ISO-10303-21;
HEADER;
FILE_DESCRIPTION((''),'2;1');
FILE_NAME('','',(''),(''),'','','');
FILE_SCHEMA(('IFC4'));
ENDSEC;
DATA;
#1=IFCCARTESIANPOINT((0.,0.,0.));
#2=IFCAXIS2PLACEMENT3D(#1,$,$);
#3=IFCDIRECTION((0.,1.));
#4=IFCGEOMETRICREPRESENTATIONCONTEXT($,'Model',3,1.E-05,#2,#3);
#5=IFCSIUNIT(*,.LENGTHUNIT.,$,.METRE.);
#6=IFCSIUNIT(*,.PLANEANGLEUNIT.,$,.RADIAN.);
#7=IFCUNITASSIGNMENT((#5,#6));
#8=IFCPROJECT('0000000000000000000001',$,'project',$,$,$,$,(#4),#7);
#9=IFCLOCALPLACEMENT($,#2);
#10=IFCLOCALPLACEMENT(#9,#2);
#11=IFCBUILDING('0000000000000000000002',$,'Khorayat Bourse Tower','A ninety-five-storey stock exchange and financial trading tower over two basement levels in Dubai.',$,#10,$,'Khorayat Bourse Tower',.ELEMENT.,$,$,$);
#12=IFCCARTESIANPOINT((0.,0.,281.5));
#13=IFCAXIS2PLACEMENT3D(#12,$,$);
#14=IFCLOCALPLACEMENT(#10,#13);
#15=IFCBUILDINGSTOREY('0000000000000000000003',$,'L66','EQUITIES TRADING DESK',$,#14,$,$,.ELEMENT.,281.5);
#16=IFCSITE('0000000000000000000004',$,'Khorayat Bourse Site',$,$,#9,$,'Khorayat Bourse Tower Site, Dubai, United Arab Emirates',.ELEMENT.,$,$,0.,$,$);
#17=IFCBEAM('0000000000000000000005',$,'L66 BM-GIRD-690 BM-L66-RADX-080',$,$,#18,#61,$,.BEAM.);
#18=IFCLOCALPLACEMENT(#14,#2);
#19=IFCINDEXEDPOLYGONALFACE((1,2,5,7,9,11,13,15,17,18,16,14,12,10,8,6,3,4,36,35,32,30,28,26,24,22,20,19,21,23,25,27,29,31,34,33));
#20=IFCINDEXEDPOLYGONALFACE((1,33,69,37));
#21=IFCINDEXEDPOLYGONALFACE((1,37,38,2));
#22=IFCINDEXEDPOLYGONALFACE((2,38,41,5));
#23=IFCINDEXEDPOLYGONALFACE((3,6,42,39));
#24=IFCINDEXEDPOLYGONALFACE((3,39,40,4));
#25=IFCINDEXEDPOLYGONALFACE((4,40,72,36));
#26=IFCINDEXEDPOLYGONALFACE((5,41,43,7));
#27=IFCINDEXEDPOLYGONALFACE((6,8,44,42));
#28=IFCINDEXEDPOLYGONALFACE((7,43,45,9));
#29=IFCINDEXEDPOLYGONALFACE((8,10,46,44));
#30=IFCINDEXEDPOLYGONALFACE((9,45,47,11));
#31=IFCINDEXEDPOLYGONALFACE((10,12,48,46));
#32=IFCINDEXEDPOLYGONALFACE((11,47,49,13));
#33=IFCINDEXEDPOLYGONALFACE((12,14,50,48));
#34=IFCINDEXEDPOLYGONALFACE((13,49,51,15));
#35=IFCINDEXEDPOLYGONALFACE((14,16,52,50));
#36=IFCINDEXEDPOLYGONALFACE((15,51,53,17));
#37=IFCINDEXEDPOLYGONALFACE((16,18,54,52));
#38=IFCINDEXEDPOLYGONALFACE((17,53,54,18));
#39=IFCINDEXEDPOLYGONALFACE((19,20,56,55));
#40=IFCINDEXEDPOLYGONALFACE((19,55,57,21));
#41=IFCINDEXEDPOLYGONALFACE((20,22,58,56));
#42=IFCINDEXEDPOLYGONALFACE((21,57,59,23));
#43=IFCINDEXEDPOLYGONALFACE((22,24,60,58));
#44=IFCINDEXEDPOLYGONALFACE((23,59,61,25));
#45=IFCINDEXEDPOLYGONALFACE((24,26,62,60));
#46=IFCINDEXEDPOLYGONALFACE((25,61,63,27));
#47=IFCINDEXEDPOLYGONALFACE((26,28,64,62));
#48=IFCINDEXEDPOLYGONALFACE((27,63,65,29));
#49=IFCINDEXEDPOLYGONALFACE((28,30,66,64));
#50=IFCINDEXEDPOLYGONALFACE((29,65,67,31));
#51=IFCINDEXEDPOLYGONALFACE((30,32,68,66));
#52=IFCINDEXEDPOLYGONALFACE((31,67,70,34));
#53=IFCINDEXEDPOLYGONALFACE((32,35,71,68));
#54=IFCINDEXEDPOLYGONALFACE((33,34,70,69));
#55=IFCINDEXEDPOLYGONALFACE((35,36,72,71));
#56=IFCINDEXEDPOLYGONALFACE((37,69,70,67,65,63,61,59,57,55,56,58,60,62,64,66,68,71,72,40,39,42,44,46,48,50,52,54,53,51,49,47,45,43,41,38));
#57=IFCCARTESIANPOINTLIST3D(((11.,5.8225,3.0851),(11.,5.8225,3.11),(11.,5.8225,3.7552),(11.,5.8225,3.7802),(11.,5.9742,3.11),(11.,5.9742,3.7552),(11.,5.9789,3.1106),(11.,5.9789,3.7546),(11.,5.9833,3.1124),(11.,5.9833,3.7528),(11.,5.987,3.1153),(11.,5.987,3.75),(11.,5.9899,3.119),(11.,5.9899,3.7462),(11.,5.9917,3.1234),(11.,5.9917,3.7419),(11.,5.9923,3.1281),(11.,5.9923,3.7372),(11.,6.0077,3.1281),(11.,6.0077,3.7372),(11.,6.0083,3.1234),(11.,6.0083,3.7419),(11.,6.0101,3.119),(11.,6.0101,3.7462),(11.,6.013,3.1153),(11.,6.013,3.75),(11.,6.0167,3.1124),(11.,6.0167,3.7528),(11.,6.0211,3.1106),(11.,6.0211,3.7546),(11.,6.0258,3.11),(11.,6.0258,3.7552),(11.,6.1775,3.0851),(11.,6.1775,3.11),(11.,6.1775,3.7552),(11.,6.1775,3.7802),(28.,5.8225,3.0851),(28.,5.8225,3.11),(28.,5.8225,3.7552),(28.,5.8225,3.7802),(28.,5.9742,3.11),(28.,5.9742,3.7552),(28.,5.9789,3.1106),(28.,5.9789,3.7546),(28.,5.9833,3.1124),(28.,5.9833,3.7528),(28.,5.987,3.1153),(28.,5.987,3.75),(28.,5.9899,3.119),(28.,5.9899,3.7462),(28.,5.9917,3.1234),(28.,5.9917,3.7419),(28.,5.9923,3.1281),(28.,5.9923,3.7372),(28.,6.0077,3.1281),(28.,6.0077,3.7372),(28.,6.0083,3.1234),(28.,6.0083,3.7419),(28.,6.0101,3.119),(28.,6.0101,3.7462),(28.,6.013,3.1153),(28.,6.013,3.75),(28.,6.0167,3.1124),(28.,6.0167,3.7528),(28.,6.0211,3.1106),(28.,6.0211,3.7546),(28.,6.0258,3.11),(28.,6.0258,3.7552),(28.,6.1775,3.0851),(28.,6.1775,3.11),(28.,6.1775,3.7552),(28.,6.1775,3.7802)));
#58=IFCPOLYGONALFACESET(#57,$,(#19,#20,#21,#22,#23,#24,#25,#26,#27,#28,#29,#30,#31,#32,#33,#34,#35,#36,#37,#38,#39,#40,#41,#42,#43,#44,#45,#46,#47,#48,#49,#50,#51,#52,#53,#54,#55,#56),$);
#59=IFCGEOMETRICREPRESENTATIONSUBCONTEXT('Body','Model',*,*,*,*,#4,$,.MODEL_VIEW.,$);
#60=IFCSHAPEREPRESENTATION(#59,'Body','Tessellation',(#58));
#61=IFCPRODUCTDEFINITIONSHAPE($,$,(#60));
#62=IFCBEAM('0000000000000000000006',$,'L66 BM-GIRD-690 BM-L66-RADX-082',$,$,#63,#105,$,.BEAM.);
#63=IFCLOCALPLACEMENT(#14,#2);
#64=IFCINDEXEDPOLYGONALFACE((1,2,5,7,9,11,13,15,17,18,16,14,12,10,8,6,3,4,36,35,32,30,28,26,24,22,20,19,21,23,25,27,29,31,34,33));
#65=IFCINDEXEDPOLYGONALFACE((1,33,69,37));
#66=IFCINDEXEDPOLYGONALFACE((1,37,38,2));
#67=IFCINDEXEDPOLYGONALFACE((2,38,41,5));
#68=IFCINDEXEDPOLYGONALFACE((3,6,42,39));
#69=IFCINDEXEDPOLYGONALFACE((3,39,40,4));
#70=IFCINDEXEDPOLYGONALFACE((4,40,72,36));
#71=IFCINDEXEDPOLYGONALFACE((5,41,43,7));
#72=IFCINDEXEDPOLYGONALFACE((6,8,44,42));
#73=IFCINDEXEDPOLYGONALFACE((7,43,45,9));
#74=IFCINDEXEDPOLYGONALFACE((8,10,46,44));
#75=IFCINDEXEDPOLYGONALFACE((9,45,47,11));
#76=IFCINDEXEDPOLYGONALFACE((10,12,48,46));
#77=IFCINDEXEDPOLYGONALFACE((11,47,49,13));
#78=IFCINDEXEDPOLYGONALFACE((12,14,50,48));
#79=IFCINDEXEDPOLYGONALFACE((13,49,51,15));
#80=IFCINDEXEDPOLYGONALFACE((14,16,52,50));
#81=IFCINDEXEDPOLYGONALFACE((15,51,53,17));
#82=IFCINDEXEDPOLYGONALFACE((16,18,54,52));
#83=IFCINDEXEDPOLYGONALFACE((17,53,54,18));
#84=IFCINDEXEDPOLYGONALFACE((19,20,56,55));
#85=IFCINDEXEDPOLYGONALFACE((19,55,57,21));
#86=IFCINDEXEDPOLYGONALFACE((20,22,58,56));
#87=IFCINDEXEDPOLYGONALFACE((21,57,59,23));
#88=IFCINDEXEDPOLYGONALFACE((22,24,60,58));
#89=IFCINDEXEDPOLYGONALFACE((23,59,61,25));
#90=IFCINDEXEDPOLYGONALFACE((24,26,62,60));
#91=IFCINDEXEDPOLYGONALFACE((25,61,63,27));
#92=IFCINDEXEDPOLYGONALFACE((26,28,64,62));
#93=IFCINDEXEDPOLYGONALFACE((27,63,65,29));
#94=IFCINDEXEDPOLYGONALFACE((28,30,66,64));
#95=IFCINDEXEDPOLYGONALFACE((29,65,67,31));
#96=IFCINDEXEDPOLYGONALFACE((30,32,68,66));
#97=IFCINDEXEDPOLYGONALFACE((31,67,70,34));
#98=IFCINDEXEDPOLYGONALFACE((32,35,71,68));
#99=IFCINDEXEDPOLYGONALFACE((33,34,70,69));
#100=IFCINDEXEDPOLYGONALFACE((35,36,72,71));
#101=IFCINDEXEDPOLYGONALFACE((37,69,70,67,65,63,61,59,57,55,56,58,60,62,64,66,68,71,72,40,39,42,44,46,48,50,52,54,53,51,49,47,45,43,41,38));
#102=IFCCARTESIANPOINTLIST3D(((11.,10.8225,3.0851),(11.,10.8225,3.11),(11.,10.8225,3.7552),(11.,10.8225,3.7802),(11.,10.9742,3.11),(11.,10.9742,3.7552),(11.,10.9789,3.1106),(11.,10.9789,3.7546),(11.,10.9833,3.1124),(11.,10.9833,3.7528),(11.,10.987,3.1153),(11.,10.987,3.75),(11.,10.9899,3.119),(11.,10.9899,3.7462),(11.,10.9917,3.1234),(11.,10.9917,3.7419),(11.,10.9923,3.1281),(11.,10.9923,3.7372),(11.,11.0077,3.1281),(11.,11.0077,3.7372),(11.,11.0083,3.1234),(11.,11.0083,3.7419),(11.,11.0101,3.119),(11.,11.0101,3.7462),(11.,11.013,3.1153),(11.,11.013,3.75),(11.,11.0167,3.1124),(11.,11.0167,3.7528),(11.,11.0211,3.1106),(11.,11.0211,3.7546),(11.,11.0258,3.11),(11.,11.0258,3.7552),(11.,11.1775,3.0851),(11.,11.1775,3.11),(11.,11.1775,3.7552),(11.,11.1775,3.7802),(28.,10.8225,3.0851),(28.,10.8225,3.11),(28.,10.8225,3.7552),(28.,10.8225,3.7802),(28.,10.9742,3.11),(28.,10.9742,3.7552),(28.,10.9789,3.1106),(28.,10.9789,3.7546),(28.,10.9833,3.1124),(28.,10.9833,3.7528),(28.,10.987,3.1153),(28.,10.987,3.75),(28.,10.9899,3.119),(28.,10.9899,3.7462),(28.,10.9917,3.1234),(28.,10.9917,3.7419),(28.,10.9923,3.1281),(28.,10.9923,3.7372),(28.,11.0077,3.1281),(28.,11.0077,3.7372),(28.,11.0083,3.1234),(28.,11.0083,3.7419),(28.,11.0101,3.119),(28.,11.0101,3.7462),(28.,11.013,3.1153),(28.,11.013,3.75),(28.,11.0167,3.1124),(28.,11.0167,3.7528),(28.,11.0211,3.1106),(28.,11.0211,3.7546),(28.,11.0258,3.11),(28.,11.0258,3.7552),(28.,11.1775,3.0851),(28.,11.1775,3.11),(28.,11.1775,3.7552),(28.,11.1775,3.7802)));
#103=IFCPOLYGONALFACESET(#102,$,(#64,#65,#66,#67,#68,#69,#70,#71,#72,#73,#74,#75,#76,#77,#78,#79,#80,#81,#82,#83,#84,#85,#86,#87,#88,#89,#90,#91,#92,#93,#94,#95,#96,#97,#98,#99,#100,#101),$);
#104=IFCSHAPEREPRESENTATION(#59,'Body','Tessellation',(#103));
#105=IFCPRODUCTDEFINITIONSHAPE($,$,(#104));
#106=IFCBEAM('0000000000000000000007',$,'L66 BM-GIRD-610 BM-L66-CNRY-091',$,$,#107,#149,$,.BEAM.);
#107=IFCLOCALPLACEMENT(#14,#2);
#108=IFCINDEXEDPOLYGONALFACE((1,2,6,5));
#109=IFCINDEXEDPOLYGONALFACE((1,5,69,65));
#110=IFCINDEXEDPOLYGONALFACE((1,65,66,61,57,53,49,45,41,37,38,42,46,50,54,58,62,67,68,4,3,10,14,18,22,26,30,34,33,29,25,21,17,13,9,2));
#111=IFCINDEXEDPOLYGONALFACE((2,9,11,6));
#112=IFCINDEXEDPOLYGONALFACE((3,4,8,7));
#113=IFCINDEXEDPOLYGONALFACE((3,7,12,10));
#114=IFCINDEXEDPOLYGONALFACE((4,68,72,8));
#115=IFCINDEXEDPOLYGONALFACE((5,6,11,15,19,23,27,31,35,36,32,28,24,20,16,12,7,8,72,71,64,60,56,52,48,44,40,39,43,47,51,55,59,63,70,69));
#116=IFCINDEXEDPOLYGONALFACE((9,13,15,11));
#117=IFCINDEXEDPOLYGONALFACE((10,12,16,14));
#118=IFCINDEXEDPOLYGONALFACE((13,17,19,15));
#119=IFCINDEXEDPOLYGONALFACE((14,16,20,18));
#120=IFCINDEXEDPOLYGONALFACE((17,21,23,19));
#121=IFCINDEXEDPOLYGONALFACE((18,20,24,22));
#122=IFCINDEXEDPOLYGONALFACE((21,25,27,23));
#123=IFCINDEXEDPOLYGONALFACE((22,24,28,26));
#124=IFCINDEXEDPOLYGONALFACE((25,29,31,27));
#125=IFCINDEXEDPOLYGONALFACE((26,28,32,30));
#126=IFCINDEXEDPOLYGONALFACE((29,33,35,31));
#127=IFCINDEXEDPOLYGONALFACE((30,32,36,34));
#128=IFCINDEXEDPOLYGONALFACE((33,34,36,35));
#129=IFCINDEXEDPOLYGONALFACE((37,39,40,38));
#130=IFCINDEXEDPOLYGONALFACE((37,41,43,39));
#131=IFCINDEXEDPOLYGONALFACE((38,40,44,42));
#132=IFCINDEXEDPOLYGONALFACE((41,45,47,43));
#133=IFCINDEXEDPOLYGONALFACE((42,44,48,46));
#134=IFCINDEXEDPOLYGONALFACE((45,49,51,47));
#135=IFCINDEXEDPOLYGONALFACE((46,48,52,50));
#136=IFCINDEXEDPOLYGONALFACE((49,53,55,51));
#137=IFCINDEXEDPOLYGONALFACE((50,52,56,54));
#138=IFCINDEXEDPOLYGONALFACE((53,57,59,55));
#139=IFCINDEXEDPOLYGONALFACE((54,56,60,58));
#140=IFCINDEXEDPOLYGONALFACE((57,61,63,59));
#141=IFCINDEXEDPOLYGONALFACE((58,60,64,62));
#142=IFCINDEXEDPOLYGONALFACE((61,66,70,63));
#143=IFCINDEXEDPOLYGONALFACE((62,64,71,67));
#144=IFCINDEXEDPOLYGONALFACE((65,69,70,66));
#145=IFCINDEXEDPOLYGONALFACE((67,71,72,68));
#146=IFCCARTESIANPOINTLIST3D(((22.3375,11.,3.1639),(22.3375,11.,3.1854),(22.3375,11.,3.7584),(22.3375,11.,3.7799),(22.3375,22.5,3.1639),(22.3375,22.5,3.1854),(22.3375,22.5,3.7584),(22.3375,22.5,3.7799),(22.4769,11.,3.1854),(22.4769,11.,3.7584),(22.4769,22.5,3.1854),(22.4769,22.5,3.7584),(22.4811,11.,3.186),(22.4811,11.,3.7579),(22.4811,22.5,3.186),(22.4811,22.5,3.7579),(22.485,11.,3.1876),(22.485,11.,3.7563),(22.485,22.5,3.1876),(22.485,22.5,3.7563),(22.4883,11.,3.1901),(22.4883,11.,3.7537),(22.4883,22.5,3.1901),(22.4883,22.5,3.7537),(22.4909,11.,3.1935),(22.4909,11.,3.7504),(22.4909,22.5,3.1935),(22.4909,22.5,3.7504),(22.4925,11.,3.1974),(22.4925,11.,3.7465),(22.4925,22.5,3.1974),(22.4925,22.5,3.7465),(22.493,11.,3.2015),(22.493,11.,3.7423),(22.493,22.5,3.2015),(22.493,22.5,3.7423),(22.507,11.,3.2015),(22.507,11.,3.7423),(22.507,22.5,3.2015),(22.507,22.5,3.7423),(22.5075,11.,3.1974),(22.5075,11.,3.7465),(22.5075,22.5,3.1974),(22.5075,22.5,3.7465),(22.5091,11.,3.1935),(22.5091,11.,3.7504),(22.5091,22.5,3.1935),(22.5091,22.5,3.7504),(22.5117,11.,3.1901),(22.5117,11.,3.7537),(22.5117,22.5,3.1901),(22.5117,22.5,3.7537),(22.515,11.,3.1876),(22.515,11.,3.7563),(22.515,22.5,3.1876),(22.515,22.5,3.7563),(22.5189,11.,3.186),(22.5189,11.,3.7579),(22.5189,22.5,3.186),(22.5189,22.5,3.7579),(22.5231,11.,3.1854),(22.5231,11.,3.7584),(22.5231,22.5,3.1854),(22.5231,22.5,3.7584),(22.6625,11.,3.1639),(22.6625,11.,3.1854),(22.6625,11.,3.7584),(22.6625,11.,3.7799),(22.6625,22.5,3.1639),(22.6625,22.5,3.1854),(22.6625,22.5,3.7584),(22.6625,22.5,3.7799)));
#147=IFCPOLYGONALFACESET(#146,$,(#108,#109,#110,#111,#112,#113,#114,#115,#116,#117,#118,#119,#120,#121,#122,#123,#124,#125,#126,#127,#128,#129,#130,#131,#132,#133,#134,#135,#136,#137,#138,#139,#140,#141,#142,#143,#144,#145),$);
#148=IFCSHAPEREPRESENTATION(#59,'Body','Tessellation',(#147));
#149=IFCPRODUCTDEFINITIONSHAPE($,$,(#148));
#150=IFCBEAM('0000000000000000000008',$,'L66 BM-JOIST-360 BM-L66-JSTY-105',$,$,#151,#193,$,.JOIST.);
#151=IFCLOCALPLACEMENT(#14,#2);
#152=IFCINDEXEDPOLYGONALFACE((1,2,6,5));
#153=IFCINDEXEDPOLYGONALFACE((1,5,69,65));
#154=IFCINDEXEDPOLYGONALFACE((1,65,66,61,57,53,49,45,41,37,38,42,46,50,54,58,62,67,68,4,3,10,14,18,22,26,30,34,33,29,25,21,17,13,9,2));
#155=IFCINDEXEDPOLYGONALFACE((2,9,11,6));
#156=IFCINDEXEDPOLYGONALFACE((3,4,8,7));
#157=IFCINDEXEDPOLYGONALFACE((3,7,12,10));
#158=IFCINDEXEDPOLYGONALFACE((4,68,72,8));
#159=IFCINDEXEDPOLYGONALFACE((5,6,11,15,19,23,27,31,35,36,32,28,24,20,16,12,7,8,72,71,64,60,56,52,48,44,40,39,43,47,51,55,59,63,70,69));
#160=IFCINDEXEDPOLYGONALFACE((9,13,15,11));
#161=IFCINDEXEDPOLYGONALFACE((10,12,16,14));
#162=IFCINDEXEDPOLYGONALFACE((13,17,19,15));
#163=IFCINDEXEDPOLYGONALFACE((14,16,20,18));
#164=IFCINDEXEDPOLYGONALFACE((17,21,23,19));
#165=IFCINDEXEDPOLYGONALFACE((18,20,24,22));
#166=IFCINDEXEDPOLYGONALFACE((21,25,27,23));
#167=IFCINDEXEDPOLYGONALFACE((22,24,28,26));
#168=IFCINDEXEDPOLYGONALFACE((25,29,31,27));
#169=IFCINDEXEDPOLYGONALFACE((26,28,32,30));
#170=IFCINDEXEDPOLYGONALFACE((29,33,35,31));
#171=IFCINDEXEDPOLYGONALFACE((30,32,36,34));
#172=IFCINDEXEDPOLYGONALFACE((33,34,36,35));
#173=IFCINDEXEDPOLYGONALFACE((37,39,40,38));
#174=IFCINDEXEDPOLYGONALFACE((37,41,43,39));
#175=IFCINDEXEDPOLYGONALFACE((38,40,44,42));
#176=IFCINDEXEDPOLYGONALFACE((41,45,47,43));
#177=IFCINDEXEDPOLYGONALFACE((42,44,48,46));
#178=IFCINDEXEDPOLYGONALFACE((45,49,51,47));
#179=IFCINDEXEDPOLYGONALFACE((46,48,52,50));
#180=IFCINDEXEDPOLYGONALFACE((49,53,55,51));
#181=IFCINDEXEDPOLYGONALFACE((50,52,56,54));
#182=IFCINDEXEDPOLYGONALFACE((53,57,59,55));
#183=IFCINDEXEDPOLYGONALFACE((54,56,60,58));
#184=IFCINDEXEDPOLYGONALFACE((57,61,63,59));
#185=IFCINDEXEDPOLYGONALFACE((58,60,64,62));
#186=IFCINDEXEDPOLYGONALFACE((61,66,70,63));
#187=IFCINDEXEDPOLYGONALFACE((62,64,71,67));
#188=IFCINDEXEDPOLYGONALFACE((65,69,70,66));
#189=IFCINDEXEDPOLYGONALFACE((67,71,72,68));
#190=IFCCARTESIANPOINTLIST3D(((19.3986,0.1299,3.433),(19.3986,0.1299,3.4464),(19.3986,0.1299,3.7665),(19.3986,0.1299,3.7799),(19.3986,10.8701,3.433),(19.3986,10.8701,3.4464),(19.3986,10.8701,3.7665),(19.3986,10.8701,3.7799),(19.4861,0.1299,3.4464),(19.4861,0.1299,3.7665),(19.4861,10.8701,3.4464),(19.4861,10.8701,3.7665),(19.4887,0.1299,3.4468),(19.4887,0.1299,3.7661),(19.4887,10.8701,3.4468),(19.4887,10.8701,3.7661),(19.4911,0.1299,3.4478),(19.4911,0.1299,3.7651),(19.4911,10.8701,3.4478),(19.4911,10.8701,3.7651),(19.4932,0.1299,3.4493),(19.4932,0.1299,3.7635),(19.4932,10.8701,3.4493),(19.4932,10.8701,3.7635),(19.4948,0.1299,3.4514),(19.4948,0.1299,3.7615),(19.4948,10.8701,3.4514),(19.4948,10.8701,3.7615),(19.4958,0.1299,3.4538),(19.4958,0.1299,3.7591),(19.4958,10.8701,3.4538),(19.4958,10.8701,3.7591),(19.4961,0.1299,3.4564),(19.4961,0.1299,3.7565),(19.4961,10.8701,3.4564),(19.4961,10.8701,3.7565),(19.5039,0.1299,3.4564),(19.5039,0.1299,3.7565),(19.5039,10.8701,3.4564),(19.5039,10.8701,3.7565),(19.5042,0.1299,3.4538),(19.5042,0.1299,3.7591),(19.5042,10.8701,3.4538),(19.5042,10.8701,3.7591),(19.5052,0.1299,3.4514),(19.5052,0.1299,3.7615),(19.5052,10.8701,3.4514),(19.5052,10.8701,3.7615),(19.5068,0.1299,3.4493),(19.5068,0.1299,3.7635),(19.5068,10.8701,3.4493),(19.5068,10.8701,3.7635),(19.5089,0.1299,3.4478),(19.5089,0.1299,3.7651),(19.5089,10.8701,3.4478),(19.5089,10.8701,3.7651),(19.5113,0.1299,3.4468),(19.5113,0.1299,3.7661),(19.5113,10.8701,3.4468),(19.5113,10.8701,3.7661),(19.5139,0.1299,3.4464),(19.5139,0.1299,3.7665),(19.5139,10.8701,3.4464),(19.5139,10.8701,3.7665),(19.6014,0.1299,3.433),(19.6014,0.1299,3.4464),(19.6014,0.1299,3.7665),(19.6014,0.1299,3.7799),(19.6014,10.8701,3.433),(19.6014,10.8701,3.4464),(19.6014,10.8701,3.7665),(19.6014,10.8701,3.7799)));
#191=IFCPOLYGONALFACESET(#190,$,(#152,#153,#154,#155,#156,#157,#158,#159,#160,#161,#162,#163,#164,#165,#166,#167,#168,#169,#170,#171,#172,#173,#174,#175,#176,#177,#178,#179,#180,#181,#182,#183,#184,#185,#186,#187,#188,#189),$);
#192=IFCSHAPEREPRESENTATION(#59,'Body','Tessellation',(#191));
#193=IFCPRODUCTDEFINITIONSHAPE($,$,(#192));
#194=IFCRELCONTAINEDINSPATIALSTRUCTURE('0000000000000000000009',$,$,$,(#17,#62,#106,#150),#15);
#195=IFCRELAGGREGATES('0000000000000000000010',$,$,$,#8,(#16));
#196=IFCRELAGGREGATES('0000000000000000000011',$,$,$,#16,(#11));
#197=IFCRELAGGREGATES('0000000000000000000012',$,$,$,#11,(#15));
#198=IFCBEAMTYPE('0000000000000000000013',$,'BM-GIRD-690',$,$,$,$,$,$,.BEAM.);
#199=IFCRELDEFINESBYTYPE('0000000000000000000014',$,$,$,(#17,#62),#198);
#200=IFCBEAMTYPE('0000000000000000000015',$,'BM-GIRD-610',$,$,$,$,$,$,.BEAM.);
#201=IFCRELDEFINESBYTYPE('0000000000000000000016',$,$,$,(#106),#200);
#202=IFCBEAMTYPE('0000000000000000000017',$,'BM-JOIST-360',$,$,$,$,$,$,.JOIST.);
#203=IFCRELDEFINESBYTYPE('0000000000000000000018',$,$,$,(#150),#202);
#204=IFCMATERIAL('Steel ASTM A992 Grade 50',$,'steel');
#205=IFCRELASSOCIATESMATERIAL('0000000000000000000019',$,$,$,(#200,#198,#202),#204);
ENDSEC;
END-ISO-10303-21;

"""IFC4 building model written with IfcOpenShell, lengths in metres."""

from ifc_helpers import new_model, si_unit, direction, frame, origin, origin_2d, place, context, subcontext, project, spatial, i_section, extrude, source, transform, mapped, material, material_profile, profile_set, type_object, element, save


model = new_model("IFC4")

# Units and contexts
model_context = context("Model", 3, precision=1e-05, world=origin(), true_north=direction((0.0, 1.0)))
body_context = subcontext(model_context, "Body", "Model", "MODEL_VIEW")
ifc_project = project(units=[si_unit("LENGTHUNIT", "METRE"), si_unit("PLANEANGLEUNIT", "RADIAN")], contexts=[model_context])

# Site, building, storey
site_placement = place(None, origin())
site = spatial("IfcSite", under=ifc_project, at=site_placement, Name="Khorayat Bourse Site", LongName="Khorayat Bourse Tower Site, Dubai, United Arab Emirates", CompositionType="ELEMENT", RefElevation=0.0)
building_placement = place(site_placement, origin())
building = spatial("IfcBuilding", under=site, at=building_placement, Name="Khorayat Bourse Tower", Description="A ninety-five-storey stock exchange and financial trading tower over two basement levels in Dubai.", LongName="Khorayat Bourse Tower", CompositionType="ELEMENT")
storey_placement = place(building_placement, frame((0.0, 0.0, 281.5)))
storey = spatial("IfcBuildingStorey", under=building, at=storey_placement, Name="L66", Description="EQUITIES TRADING DESK", CompositionType="ELEMENT", Elevation=281.5)

# Shared definitions
ifc_material_1 = material(Name="Steel ASTM A992 Grade 50", Category="steel")
ifc_material_profile_1 = material_profile(ifc_material_1, i_section(OverallWidth=0.325, OverallDepth=0.616, WebThickness=0.0139, FlangeThickness=0.0215, FilletRadius=0.0161, at=origin_2d()), Name="W610X174")
ifc_profile_set_1 = profile_set([ifc_material_profile_1], Name="Steel ASTM A992 Grade 50")
beam_type_1 = type_object("IfcBeamType", Name="BM-GIRD-610", PredefinedType="BEAM", material=ifc_profile_set_1)

# Beams
ifc_material_profile_2 = material_profile(ifc_material_1, i_section(OverallWidth=0.355, OverallDepth=0.6951, WebThickness=0.0154, FlangeThickness=0.0249, FilletRadius=0.0181, at=origin_2d()), Name="W690X217")
ifc_profile_set_2 = profile_set([ifc_material_profile_2], Name="Steel ASTM A992 Grade 50")
beam_type_2 = type_object("IfcBeamType", Name="BM-GIRD-690", PredefinedType="BEAM", material=ifc_profile_set_2)
shared_shape_1 = source(origin(), body_context, "Body", "SweptSolid", [
    extrude(i_section(OverallWidth=0.355, OverallDepth=0.6951, WebThickness=0.0154, FlangeThickness=0.0249, FilletRadius=0.0181, at=origin_2d()), origin(), (0.0, 0.0, 1.0), 17.0),
])
for number, where, z_axis, x_axis, name in (
    (1, (11.0, 6.0, 3.4326), (1.0, 0.0, 0.0), (0.0, 1.0, 0.0), "L66 BM-GIRD-690 BM-L66-RADX-080"),
    (2, (11.0, 11.0, 3.4326), (1.0, 0.0, 0.0), (0.0, 1.0, 0.0), "L66 BM-GIRD-690 BM-L66-RADX-082"),
):
    element("IfcBeam", number, at=place(storey_placement, frame(where, z_axis=z_axis, x_axis=x_axis)), inside=storey, type_object=beam_type_2, Name=name, PredefinedType="BEAM", context=body_context, shape_type="MappedRepresentation", body=[
        mapped(shared_shape_1, transform((0.0, 0.0, 0.0), scale=1.0)),
    ])
shared_shape_2 = source(origin(), body_context, "Body", "SweptSolid", [
    extrude(i_section(OverallWidth=0.325, OverallDepth=0.616, WebThickness=0.0139, FlangeThickness=0.0215, FilletRadius=0.0161, at=origin_2d()), origin(), (0.0, 0.0, 1.0), 11.5),
])
beam_1_placement = place(storey_placement, frame((22.5, 11.0, 3.4719), z_axis=(0.0, 1.0, 0.0), x_axis=(-1.0, 0.0, 0.0)))
element("IfcBeam", 3, at=beam_1_placement, inside=storey, type_object=beam_type_1, Name="L66 BM-GIRD-610 BM-L66-CNRY-091", PredefinedType="BEAM", context=body_context, shape_type="MappedRepresentation", body=[
    mapped(shared_shape_2, transform((0.0, 0.0, 0.0), scale=1.0)),
])
ifc_material_profile_3 = material_profile(ifc_material_1, i_section(OverallWidth=0.2029, OverallDepth=0.3469, WebThickness=0.0078, FlangeThickness=0.0134, FilletRadius=0.01, at=origin_2d()), Name="W360X64")
ifc_profile_set_3 = profile_set([ifc_material_profile_3], Name="Steel ASTM A992 Grade 50")
beam_type_3 = type_object("IfcBeamType", Name="BM-JOIST-360", PredefinedType="JOIST", material=ifc_profile_set_3)
shared_shape_3 = source(origin(), body_context, "Body", "SweptSolid", [
    extrude(i_section(OverallWidth=0.2029, OverallDepth=0.3469, WebThickness=0.0078, FlangeThickness=0.0134, FilletRadius=0.01, at=origin_2d()), origin(), (0.0, 0.0, 1.0), 10.7402),
])
beam_2_placement = place(storey_placement, frame((19.5, 0.1299, 3.6064), z_axis=(0.0, 1.0, 0.0), x_axis=(-1.0, 0.0, 0.0)))
element("IfcBeam", 4, at=beam_2_placement, inside=storey, type_object=beam_type_3, Name="L66 BM-JOIST-360 BM-L66-JSTY-105", PredefinedType="JOIST", context=body_context, shape_type="MappedRepresentation", body=[
    mapped(shared_shape_3, transform((0.0, 0.0, 0.0), scale=1.0)),
])

save(model, "model.ifc")
